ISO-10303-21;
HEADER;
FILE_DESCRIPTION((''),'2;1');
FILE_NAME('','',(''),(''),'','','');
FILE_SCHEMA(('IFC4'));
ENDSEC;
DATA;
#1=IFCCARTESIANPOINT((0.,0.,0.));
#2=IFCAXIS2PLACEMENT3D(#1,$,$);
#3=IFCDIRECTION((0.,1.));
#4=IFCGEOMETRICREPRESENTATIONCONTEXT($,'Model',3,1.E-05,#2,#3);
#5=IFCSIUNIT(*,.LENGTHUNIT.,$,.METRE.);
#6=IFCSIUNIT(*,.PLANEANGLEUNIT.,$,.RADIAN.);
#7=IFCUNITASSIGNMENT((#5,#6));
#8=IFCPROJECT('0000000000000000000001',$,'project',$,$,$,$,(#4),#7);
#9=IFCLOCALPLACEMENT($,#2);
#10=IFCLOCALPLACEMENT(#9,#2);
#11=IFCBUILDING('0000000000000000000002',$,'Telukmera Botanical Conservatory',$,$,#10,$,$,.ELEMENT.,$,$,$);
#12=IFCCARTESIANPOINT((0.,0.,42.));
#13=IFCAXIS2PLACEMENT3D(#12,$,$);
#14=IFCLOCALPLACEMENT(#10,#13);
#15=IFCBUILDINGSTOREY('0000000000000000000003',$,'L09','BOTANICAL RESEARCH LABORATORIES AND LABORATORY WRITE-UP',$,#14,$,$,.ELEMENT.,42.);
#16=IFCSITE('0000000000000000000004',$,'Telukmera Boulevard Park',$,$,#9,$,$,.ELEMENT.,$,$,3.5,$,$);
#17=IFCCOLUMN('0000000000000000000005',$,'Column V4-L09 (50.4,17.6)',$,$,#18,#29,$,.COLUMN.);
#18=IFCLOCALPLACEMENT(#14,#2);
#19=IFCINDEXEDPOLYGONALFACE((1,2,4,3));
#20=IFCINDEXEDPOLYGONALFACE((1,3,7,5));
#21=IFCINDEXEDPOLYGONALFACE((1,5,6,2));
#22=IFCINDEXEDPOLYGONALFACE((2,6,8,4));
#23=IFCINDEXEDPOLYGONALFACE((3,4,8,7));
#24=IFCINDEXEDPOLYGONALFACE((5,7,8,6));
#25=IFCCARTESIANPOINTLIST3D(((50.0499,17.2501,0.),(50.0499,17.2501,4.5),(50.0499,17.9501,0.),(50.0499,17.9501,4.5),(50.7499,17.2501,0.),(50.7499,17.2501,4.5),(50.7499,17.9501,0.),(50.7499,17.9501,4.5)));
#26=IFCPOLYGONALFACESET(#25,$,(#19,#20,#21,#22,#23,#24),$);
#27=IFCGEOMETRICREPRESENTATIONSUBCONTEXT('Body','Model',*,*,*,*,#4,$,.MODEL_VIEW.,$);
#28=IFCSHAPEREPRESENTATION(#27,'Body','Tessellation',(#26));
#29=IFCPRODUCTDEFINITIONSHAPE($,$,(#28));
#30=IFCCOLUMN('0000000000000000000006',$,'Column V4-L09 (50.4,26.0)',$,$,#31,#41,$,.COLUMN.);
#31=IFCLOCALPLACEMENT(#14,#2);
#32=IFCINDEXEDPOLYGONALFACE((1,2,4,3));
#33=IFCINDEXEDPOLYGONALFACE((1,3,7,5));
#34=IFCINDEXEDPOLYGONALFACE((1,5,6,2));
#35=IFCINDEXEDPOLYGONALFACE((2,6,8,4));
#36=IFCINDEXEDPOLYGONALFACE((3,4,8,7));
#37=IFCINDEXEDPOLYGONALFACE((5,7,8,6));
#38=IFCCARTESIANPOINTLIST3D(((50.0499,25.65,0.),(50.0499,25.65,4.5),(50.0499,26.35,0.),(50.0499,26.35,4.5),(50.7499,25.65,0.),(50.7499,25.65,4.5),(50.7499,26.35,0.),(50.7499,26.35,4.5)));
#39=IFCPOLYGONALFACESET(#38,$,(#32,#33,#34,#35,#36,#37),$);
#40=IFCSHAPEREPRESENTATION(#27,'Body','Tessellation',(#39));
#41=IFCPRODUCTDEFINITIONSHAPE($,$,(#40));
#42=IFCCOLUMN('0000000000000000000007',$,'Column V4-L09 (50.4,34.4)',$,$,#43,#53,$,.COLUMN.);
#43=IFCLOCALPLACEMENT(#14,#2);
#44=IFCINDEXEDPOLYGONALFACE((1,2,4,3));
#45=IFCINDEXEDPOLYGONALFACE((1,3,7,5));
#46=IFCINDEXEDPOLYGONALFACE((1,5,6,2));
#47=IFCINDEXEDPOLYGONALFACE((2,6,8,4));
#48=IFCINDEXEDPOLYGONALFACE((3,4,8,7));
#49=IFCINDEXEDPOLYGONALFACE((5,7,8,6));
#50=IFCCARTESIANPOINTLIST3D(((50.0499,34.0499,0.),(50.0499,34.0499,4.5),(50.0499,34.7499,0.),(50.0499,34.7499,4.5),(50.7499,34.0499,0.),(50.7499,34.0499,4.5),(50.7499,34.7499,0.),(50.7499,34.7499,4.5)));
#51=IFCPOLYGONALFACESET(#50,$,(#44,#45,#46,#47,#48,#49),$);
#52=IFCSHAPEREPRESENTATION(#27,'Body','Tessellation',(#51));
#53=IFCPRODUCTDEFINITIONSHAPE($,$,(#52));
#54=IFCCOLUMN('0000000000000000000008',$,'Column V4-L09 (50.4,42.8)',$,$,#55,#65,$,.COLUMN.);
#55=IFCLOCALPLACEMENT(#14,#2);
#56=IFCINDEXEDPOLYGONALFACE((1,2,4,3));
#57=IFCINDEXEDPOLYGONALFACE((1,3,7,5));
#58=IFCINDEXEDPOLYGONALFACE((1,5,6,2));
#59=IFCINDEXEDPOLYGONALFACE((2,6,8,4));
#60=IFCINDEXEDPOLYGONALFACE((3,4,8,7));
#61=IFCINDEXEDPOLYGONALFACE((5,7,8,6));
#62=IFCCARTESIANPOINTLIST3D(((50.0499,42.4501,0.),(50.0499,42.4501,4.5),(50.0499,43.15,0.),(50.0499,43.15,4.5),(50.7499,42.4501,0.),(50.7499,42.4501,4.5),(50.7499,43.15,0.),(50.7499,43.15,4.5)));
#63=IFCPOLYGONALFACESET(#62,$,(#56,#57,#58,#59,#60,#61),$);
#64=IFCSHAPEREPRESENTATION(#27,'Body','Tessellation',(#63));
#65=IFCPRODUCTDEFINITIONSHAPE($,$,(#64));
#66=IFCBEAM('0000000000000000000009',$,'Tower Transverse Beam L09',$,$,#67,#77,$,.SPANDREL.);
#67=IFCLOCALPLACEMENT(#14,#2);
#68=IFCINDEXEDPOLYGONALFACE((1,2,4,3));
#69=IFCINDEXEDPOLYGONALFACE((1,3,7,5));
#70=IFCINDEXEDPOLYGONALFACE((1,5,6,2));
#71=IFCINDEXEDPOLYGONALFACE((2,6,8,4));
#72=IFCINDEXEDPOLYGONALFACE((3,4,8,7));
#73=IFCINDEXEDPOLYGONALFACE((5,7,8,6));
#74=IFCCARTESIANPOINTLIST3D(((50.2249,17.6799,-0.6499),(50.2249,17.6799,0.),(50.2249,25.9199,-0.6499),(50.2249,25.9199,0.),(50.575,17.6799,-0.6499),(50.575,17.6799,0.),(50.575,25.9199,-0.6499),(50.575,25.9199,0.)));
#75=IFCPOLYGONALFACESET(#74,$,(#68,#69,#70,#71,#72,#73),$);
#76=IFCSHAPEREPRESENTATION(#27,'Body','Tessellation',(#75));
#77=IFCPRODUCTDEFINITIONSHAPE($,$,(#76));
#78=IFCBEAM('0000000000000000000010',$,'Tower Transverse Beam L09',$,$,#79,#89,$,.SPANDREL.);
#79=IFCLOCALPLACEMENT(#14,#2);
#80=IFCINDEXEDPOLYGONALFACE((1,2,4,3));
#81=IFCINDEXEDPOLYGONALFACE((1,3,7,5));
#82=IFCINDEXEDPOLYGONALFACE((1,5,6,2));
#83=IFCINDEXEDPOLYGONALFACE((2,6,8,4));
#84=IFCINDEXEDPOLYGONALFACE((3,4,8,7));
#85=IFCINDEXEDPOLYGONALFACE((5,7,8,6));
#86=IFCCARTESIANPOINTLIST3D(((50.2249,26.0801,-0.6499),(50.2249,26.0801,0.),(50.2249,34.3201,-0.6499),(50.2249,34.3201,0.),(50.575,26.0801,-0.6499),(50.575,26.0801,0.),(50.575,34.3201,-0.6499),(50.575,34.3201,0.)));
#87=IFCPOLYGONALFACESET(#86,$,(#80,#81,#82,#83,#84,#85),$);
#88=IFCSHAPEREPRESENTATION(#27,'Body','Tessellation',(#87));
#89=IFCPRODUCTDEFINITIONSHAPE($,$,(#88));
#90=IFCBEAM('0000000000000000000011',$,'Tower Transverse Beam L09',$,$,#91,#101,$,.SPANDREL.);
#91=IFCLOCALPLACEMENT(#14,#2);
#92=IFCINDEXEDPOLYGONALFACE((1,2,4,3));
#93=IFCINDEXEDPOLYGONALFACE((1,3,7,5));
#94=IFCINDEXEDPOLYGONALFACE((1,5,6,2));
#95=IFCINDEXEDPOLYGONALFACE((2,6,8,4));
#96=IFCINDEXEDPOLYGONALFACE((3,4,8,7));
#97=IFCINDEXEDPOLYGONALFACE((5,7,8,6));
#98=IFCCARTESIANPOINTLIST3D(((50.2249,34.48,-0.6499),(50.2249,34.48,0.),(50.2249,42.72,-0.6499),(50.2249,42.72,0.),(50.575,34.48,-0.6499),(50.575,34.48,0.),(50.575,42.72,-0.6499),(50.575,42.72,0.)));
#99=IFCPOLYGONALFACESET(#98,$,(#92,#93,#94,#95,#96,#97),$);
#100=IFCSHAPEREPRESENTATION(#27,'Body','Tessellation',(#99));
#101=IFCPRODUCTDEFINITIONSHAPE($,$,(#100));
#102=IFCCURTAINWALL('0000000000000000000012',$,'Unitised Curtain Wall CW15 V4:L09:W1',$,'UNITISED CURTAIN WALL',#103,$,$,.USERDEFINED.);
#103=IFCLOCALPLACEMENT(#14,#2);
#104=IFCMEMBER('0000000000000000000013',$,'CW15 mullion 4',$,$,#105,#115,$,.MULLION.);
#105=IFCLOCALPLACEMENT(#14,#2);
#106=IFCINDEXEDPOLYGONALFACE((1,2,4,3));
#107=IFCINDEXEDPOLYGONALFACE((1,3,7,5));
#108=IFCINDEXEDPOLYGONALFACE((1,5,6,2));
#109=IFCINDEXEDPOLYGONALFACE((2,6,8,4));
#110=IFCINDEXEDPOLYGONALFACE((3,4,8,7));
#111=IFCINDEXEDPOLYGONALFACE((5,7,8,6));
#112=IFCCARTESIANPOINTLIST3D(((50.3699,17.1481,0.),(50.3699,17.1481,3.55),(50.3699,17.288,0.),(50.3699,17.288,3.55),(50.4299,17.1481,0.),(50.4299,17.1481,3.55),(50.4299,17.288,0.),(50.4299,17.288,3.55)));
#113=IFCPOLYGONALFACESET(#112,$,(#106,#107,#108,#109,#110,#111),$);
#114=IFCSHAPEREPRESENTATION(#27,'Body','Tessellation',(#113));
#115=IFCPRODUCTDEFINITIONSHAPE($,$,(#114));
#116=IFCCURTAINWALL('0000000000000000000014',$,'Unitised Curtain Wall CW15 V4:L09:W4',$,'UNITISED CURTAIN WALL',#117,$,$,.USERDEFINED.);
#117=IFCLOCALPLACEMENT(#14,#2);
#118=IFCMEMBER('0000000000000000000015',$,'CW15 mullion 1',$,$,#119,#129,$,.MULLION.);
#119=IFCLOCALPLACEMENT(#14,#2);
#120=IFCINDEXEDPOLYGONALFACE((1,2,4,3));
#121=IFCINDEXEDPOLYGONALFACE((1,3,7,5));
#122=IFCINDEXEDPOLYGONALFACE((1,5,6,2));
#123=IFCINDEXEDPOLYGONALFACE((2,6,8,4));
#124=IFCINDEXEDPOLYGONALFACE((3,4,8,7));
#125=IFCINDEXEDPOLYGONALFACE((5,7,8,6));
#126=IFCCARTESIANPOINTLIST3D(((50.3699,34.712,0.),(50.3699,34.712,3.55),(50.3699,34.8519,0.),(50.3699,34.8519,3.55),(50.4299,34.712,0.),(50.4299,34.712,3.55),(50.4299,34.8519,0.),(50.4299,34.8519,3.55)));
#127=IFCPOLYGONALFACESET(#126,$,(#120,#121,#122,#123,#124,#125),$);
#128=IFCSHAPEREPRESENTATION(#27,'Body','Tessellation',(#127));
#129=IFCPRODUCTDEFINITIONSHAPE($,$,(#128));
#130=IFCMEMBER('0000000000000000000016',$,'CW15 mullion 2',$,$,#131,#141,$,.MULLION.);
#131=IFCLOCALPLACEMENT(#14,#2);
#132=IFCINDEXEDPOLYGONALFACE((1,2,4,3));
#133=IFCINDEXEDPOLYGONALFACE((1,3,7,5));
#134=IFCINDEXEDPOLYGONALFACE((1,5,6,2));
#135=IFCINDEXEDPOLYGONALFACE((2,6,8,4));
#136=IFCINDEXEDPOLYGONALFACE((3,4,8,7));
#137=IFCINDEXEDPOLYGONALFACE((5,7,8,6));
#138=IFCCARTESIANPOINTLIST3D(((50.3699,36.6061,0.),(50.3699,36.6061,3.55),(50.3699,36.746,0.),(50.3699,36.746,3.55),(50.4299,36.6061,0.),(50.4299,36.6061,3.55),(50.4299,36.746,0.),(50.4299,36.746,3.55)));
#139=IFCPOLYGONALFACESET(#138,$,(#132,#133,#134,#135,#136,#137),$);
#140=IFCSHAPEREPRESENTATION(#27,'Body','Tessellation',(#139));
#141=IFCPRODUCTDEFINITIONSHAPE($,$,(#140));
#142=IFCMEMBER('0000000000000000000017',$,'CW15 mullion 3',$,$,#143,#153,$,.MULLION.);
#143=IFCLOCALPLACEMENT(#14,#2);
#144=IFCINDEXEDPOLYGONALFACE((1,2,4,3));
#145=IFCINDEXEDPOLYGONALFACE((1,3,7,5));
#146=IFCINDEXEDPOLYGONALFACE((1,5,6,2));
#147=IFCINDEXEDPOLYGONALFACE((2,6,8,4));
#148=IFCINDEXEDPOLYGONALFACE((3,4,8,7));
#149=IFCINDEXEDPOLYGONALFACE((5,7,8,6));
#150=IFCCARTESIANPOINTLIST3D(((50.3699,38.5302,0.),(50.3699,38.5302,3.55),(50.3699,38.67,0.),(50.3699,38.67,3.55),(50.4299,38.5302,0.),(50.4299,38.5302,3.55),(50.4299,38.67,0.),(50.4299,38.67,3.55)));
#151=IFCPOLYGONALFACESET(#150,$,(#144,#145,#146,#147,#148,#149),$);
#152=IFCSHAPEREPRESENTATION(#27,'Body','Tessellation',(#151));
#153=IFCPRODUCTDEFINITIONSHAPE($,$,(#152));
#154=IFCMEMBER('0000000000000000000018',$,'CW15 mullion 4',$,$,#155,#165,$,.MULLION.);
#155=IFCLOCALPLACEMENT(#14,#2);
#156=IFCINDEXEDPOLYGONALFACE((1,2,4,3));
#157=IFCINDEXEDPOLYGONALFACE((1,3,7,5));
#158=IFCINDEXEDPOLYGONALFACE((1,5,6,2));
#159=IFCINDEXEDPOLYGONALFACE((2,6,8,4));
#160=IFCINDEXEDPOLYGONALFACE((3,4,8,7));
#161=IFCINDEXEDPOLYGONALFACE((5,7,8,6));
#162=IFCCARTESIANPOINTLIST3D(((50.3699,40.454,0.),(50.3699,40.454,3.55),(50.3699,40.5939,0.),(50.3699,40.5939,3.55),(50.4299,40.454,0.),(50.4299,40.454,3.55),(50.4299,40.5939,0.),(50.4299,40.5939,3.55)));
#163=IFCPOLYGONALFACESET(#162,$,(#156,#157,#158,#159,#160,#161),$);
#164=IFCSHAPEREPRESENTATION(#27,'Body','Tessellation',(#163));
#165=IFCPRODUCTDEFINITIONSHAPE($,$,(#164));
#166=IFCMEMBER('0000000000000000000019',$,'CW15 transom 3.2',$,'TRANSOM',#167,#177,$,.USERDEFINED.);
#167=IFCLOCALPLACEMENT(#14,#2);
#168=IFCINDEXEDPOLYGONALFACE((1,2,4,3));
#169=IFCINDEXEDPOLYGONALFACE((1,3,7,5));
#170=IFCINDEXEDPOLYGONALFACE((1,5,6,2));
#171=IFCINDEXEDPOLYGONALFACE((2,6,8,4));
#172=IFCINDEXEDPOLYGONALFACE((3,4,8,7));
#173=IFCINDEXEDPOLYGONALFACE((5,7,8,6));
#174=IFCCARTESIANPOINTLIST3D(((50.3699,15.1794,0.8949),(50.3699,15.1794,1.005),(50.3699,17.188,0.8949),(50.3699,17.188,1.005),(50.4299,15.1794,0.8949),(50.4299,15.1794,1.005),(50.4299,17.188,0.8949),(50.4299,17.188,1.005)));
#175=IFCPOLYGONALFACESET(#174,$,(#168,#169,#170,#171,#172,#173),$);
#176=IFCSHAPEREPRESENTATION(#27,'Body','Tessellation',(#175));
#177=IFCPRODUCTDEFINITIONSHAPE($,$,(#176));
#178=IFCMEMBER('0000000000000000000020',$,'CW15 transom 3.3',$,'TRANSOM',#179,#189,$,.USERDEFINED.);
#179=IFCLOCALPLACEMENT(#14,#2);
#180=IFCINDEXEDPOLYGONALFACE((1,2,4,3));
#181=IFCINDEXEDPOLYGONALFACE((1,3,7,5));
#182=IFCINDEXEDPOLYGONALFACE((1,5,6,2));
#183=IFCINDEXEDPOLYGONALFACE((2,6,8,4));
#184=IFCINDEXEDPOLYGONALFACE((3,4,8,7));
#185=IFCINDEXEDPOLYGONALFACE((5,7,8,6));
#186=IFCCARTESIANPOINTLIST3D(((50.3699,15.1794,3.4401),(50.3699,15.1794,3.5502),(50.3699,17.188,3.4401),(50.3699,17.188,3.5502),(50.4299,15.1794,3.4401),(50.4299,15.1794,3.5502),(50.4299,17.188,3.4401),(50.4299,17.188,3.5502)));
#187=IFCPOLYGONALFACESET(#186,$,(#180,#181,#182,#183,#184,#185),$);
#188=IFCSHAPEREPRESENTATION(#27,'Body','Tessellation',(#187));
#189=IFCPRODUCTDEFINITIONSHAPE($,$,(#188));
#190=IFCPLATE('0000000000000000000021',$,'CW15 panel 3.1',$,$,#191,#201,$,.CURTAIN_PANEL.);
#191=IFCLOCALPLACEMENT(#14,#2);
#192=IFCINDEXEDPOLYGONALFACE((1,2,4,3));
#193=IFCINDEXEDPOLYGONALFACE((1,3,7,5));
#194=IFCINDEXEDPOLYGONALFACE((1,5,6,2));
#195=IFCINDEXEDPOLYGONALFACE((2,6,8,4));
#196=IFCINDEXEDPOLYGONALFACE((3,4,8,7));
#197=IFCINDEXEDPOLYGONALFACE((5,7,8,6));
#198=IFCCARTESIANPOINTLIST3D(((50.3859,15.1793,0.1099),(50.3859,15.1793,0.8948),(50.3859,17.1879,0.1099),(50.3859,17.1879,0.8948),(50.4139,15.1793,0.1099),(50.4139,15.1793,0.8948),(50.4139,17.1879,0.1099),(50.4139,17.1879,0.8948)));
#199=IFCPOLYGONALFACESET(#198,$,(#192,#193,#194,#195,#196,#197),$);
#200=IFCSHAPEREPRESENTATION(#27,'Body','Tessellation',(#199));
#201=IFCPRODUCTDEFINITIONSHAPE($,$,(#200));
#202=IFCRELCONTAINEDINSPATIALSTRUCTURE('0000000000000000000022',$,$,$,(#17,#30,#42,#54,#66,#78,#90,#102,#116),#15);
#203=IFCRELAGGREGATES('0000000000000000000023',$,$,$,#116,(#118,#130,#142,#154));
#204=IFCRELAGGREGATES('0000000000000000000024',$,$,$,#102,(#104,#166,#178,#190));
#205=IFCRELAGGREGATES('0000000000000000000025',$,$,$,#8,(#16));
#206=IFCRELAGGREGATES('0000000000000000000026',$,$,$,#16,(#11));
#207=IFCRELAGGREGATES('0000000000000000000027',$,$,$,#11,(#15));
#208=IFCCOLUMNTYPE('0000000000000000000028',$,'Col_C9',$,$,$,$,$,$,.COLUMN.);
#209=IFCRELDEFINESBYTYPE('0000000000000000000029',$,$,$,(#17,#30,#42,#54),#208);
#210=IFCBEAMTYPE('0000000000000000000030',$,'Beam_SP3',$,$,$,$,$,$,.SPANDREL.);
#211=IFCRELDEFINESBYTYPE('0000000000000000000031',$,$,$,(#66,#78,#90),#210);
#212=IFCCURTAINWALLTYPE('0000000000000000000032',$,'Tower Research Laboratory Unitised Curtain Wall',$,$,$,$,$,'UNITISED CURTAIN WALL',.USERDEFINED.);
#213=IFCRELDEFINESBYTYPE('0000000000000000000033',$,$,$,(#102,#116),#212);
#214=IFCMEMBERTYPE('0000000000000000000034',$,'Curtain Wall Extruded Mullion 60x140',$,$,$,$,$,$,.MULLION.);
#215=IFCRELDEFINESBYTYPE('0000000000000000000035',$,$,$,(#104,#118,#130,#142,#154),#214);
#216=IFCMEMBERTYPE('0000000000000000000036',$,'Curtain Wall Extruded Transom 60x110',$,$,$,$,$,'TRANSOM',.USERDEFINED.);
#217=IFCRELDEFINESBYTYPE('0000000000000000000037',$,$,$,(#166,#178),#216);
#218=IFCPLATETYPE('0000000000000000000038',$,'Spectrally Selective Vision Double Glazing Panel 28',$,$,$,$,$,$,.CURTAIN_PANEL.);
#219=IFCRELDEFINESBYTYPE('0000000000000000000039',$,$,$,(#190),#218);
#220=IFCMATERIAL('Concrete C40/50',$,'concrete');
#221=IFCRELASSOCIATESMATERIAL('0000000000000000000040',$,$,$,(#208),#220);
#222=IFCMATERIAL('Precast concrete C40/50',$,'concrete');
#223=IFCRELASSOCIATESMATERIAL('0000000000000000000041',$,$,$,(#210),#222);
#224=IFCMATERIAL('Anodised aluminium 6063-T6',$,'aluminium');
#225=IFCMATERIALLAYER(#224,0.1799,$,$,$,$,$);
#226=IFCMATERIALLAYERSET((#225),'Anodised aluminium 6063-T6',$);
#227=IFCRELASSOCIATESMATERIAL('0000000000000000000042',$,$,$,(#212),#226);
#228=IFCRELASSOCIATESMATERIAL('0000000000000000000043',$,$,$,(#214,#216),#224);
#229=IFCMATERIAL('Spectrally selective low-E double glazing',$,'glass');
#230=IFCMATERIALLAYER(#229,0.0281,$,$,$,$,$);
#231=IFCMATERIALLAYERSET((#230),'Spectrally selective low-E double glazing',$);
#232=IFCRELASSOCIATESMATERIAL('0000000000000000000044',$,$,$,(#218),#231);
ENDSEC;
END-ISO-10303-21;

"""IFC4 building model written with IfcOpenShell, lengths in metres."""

from ifc_helpers import new_model, si_unit, direction, frame, origin, origin_2d, place, context, subcontext, project, spatial, rectangle, extrude, material, layer, layer_set, material_profile, profile_set, type_object, element, aggregate, save


model = new_model("IFC4")

# Units and contexts
model_context = context("Model", 3, precision=1e-05, world=origin(), true_north=direction((0.0, 1.0)))
body_context = subcontext(model_context, "Body", "Model", "MODEL_VIEW")
ifc_project = project(units=[si_unit("LENGTHUNIT", "METRE"), si_unit("PLANEANGLEUNIT", "RADIAN")], contexts=[model_context])

# Site, building, storey
site_placement = place(None, origin())
site = spatial("IfcSite", under=ifc_project, at=site_placement, Name="Telukmera Boulevard Park", CompositionType="ELEMENT", RefElevation=3.5)
building_placement = place(site_placement, origin())
building = spatial("IfcBuilding", under=site, at=building_placement, Name="Telukmera Botanical Conservatory", CompositionType="ELEMENT")
storey_placement = place(building_placement, frame((0.0, 0.0, 42.0)))
storey = spatial("IfcBuildingStorey", under=building, at=storey_placement, Name="L09", Description="BOTANICAL RESEARCH LABORATORIES AND LABORATORY WRITE-UP", CompositionType="ELEMENT", Elevation=42.0)

# Columns
ifc_material_1 = material(Name="Concrete C40/50", Category="concrete")
ifc_material_profile_1 = material_profile(ifc_material_1, rectangle(XDim=0.7, YDim=0.7, at=origin_2d()), Name="RC 700x700")
ifc_profile_set_1 = profile_set([ifc_material_profile_1], Name="Concrete C40/50")
column_type = type_object("IfcColumnType", Name="Col_C9", PredefinedType="COLUMN", material=ifc_profile_set_1)
for number, where, z_axis, x_axis, name in (
    (1, (50.3999, 17.6001, 0.0), (0.0, 0.0, 1.0), (1.0, 0.0, 0.0), "Column V4-L09 (50.4,17.6)"),
    (2, (50.3999, 26.0, 0.0), (0.0, 0.0, 1.0), (1.0, 0.0, 0.0), "Column V4-L09 (50.4,26.0)"),
    (3, (50.3999, 34.3999, 0.0), (0.0, 0.0, 1.0), (1.0, 0.0, 0.0), "Column V4-L09 (50.4,34.4)"),
    (4, (50.3999, 42.8, 0.0), (0.0, 0.0, 1.0), (1.0, 0.0, 0.0), "Column V4-L09 (50.4,42.8)"),
):
    element("IfcColumn", number, at=place(storey_placement, frame(where, z_axis=z_axis, x_axis=x_axis)), inside=storey, type_object=column_type, Name=name, PredefinedType="COLUMN", context=body_context, shape_type="SweptSolid", body=[
        extrude(rectangle(XDim=0.7, YDim=0.7, at=origin_2d()), origin(), (0.0, 0.0, 1.0), 4.5),
    ])

# Beams
ifc_material_2 = material(Name="Precast concrete C40/50", Category="concrete")
ifc_material_profile_2 = material_profile(ifc_material_2, rectangle(XDim=0.3501, YDim=0.6499, at=origin_2d()), Name="PC 350x650")
ifc_profile_set_2 = profile_set([ifc_material_profile_2], Name="Precast concrete C40/50")
beam_type = type_object("IfcBeamType", Name="Beam_SP3", PredefinedType="SPANDREL", material=ifc_profile_set_2)
for number, where, z_axis, x_axis, name in (
    (5, (50.3999, 17.6799, -0.325), (0.0, 1.0, 0.0), (-1.0, 0.0, 0.0), "Tower Transverse Beam L09"),
    (6, (50.3999, 26.0801, -0.325), (0.0, 1.0, 0.0), (-1.0, 0.0, 0.0), "Tower Transverse Beam L09"),
    (7, (50.3999, 34.48, -0.325), (0.0, 1.0, 0.0), (-1.0, 0.0, 0.0), "Tower Transverse Beam L09"),
):
    element("IfcBeam", number, at=place(storey_placement, frame(where, z_axis=z_axis, x_axis=x_axis)), inside=storey, type_object=beam_type, Name=name, PredefinedType="SPANDREL", context=body_context, shape_type="SweptSolid", body=[
        extrude(rectangle(XDim=0.3501, YDim=0.6499, at=origin_2d()), origin(), (0.0, 0.0, 1.0), 8.24),
    ])

# Curtain wall, member
ifc_material_3 = material(Name="Anodised aluminium 6063-T6", Category="aluminium")
ifc_layer_1 = layer(ifc_material_3, 0.1799)
ifc_layer_set_1 = layer_set([ifc_layer_1], Name="Anodised aluminium 6063-T6")
curtain_wall_type = type_object("IfcCurtainWallType", Name="Tower Research Laboratory Unitised Curtain Wall", ElementType="UNITISED CURTAIN WALL", PredefinedType="USERDEFINED", material=ifc_layer_set_1)
curtain_wall_1_placement = place(storey_placement, origin())
curtain_wall_1 = element("IfcCurtainWall", 8, at=curtain_wall_1_placement, inside=storey, type_object=curtain_wall_type, Name="Unitised Curtain Wall CW15 V4:L09:W1", ObjectType="UNITISED CURTAIN WALL", PredefinedType="USERDEFINED")
ifc_material_profile_3 = material_profile(ifc_material_3, rectangle(XDim=0.0601, YDim=0.1399, at=origin_2d()), Name="ALU MULL 60x140")
ifc_profile_set_3 = profile_set([ifc_material_profile_3], Name="Anodised aluminium 6063-T6")
member_type_1 = type_object("IfcMemberType", Name="Curtain Wall Extruded Mullion 60x140", PredefinedType="MULLION", material=ifc_profile_set_3)
member_1_placement = place(storey_placement, frame((50.3999, 17.218, 0.0), z_axis=(0.0, 0.0, 1.0), x_axis=(-1.0, 0.0, 0.0)))
member_1 = element("IfcMember", 9, at=member_1_placement, type_object=member_type_1, Name="CW15 mullion 4", PredefinedType="MULLION", context=body_context, shape_type="SweptSolid", body=[
    extrude(rectangle(XDim=0.0601, YDim=0.1399, at=origin_2d()), origin(), (0.0, 0.0, 1.0), 3.55),
])

# Curtain wall, members
curtain_wall_2_placement = place(storey_placement, origin())
curtain_wall_2 = element("IfcCurtainWall", 10, at=curtain_wall_2_placement, inside=storey, type_object=curtain_wall_type, Name="Unitised Curtain Wall CW15 V4:L09:W4", ObjectType="UNITISED CURTAIN WALL", PredefinedType="USERDEFINED")
member_2_placement = place(storey_placement, frame((50.3999, 34.782, 0.0), z_axis=(0.0, 0.0, 1.0), x_axis=(-1.0, 0.0, 0.0)))
member_2 = element("IfcMember", 11, at=member_2_placement, type_object=member_type_1, Name="CW15 mullion 1", PredefinedType="MULLION", context=body_context, shape_type="SweptSolid", body=[
    extrude(rectangle(XDim=0.0601, YDim=0.1399, at=origin_2d()), origin(), (0.0, 0.0, 1.0), 3.55),
])
member_3_placement = place(storey_placement, frame((50.3999, 36.676, 0.0), z_axis=(0.0, 0.0, 1.0), x_axis=(-1.0, 0.0, 0.0)))
member_3 = element("IfcMember", 12, at=member_3_placement, type_object=member_type_1, Name="CW15 mullion 2", PredefinedType="MULLION", context=body_context, shape_type="SweptSolid", body=[
    extrude(rectangle(XDim=0.0601, YDim=0.1399, at=origin_2d()), origin(), (0.0, 0.0, 1.0), 3.55),
])
member_4_placement = place(storey_placement, frame((50.3999, 38.6001, 0.0), z_axis=(0.0, 0.0, 1.0), x_axis=(-1.0, 0.0, 0.0)))
member_4 = element("IfcMember", 13, at=member_4_placement, type_object=member_type_1, Name="CW15 mullion 3", PredefinedType="MULLION", context=body_context, shape_type="SweptSolid", body=[
    extrude(rectangle(XDim=0.0601, YDim=0.1399, at=origin_2d()), origin(), (0.0, 0.0, 1.0), 3.55),
])
member_5_placement = place(storey_placement, frame((50.3999, 40.5239, 0.0), z_axis=(0.0, 0.0, 1.0), x_axis=(-1.0, 0.0, 0.0)))
member_5 = element("IfcMember", 14, at=member_5_placement, type_object=member_type_1, Name="CW15 mullion 4", PredefinedType="MULLION", context=body_context, shape_type="SweptSolid", body=[
    extrude(rectangle(XDim=0.0601, YDim=0.1399, at=origin_2d()), origin(), (0.0, 0.0, 1.0), 3.55),
])
aggregate(curtain_wall_2, [member_2, member_3, member_4, member_5])

# Members
ifc_material_profile_4 = material_profile(ifc_material_3, rectangle(XDim=0.0601, YDim=0.1101, at=origin_2d()), Name="ALU TRAN 60x110")
ifc_profile_set_4 = profile_set([ifc_material_profile_4], Name="Anodised aluminium 6063-T6")
member_type_2 = type_object("IfcMemberType", Name="Curtain Wall Extruded Transom 60x110", ElementType="TRANSOM", PredefinedType="USERDEFINED", material=ifc_profile_set_4)
member_6_placement = place(storey_placement, frame((50.3999, 15.1794, 0.95), z_axis=(0.0, 1.0, 0.0), x_axis=(-1.0, 0.0, 0.0)))
member_6 = element("IfcMember", 15, at=member_6_placement, type_object=member_type_2, Name="CW15 transom 3.2", ObjectType="TRANSOM", PredefinedType="USERDEFINED", context=body_context, shape_type="SweptSolid", body=[
    extrude(rectangle(XDim=0.0601, YDim=0.1101, at=origin_2d()), origin(), (0.0, 0.0, 1.0), 2.0085),
])
member_7_placement = place(storey_placement, frame((50.3999, 15.1794, 3.4951), z_axis=(0.0, 1.0, 0.0), x_axis=(-1.0, 0.0, 0.0)))
member_7 = element("IfcMember", 16, at=member_7_placement, type_object=member_type_2, Name="CW15 transom 3.3", ObjectType="TRANSOM", PredefinedType="USERDEFINED", context=body_context, shape_type="SweptSolid", body=[
    extrude(rectangle(XDim=0.0601, YDim=0.1101, at=origin_2d()), origin(), (0.0, 0.0, 1.0), 2.0085),
])

# Plate
ifc_material_4 = material(Name="Spectrally selective low-E double glazing", Category="glass")
ifc_layer_2 = layer(ifc_material_4, 0.0281)
ifc_layer_set_2 = layer_set([ifc_layer_2], Name="Spectrally selective low-E double glazing")
plate_type = type_object("IfcPlateType", Name="Spectrally Selective Vision Double Glazing Panel 28", PredefinedType="CURTAIN_PANEL", material=ifc_layer_set_2)
plate_1_placement = place(storey_placement, frame((50.3999, 16.1836, 0.1099), z_axis=(0.0, 0.0, 1.0), x_axis=(0.0, 1.0, 0.0)))
plate_1 = element("IfcPlate", 17, at=plate_1_placement, type_object=plate_type, Name="CW15 panel 3.1", PredefinedType="CURTAIN_PANEL", context=body_context, shape_type="SweptSolid", body=[
    extrude(rectangle(XDim=2.0085, YDim=0.0281, at=origin_2d()), origin(), (0.0, 0.0, 1.0), 0.7849),
])
aggregate(curtain_wall_1, [member_1, member_6, member_7, plate_1])

save(model, "model.ifc")
